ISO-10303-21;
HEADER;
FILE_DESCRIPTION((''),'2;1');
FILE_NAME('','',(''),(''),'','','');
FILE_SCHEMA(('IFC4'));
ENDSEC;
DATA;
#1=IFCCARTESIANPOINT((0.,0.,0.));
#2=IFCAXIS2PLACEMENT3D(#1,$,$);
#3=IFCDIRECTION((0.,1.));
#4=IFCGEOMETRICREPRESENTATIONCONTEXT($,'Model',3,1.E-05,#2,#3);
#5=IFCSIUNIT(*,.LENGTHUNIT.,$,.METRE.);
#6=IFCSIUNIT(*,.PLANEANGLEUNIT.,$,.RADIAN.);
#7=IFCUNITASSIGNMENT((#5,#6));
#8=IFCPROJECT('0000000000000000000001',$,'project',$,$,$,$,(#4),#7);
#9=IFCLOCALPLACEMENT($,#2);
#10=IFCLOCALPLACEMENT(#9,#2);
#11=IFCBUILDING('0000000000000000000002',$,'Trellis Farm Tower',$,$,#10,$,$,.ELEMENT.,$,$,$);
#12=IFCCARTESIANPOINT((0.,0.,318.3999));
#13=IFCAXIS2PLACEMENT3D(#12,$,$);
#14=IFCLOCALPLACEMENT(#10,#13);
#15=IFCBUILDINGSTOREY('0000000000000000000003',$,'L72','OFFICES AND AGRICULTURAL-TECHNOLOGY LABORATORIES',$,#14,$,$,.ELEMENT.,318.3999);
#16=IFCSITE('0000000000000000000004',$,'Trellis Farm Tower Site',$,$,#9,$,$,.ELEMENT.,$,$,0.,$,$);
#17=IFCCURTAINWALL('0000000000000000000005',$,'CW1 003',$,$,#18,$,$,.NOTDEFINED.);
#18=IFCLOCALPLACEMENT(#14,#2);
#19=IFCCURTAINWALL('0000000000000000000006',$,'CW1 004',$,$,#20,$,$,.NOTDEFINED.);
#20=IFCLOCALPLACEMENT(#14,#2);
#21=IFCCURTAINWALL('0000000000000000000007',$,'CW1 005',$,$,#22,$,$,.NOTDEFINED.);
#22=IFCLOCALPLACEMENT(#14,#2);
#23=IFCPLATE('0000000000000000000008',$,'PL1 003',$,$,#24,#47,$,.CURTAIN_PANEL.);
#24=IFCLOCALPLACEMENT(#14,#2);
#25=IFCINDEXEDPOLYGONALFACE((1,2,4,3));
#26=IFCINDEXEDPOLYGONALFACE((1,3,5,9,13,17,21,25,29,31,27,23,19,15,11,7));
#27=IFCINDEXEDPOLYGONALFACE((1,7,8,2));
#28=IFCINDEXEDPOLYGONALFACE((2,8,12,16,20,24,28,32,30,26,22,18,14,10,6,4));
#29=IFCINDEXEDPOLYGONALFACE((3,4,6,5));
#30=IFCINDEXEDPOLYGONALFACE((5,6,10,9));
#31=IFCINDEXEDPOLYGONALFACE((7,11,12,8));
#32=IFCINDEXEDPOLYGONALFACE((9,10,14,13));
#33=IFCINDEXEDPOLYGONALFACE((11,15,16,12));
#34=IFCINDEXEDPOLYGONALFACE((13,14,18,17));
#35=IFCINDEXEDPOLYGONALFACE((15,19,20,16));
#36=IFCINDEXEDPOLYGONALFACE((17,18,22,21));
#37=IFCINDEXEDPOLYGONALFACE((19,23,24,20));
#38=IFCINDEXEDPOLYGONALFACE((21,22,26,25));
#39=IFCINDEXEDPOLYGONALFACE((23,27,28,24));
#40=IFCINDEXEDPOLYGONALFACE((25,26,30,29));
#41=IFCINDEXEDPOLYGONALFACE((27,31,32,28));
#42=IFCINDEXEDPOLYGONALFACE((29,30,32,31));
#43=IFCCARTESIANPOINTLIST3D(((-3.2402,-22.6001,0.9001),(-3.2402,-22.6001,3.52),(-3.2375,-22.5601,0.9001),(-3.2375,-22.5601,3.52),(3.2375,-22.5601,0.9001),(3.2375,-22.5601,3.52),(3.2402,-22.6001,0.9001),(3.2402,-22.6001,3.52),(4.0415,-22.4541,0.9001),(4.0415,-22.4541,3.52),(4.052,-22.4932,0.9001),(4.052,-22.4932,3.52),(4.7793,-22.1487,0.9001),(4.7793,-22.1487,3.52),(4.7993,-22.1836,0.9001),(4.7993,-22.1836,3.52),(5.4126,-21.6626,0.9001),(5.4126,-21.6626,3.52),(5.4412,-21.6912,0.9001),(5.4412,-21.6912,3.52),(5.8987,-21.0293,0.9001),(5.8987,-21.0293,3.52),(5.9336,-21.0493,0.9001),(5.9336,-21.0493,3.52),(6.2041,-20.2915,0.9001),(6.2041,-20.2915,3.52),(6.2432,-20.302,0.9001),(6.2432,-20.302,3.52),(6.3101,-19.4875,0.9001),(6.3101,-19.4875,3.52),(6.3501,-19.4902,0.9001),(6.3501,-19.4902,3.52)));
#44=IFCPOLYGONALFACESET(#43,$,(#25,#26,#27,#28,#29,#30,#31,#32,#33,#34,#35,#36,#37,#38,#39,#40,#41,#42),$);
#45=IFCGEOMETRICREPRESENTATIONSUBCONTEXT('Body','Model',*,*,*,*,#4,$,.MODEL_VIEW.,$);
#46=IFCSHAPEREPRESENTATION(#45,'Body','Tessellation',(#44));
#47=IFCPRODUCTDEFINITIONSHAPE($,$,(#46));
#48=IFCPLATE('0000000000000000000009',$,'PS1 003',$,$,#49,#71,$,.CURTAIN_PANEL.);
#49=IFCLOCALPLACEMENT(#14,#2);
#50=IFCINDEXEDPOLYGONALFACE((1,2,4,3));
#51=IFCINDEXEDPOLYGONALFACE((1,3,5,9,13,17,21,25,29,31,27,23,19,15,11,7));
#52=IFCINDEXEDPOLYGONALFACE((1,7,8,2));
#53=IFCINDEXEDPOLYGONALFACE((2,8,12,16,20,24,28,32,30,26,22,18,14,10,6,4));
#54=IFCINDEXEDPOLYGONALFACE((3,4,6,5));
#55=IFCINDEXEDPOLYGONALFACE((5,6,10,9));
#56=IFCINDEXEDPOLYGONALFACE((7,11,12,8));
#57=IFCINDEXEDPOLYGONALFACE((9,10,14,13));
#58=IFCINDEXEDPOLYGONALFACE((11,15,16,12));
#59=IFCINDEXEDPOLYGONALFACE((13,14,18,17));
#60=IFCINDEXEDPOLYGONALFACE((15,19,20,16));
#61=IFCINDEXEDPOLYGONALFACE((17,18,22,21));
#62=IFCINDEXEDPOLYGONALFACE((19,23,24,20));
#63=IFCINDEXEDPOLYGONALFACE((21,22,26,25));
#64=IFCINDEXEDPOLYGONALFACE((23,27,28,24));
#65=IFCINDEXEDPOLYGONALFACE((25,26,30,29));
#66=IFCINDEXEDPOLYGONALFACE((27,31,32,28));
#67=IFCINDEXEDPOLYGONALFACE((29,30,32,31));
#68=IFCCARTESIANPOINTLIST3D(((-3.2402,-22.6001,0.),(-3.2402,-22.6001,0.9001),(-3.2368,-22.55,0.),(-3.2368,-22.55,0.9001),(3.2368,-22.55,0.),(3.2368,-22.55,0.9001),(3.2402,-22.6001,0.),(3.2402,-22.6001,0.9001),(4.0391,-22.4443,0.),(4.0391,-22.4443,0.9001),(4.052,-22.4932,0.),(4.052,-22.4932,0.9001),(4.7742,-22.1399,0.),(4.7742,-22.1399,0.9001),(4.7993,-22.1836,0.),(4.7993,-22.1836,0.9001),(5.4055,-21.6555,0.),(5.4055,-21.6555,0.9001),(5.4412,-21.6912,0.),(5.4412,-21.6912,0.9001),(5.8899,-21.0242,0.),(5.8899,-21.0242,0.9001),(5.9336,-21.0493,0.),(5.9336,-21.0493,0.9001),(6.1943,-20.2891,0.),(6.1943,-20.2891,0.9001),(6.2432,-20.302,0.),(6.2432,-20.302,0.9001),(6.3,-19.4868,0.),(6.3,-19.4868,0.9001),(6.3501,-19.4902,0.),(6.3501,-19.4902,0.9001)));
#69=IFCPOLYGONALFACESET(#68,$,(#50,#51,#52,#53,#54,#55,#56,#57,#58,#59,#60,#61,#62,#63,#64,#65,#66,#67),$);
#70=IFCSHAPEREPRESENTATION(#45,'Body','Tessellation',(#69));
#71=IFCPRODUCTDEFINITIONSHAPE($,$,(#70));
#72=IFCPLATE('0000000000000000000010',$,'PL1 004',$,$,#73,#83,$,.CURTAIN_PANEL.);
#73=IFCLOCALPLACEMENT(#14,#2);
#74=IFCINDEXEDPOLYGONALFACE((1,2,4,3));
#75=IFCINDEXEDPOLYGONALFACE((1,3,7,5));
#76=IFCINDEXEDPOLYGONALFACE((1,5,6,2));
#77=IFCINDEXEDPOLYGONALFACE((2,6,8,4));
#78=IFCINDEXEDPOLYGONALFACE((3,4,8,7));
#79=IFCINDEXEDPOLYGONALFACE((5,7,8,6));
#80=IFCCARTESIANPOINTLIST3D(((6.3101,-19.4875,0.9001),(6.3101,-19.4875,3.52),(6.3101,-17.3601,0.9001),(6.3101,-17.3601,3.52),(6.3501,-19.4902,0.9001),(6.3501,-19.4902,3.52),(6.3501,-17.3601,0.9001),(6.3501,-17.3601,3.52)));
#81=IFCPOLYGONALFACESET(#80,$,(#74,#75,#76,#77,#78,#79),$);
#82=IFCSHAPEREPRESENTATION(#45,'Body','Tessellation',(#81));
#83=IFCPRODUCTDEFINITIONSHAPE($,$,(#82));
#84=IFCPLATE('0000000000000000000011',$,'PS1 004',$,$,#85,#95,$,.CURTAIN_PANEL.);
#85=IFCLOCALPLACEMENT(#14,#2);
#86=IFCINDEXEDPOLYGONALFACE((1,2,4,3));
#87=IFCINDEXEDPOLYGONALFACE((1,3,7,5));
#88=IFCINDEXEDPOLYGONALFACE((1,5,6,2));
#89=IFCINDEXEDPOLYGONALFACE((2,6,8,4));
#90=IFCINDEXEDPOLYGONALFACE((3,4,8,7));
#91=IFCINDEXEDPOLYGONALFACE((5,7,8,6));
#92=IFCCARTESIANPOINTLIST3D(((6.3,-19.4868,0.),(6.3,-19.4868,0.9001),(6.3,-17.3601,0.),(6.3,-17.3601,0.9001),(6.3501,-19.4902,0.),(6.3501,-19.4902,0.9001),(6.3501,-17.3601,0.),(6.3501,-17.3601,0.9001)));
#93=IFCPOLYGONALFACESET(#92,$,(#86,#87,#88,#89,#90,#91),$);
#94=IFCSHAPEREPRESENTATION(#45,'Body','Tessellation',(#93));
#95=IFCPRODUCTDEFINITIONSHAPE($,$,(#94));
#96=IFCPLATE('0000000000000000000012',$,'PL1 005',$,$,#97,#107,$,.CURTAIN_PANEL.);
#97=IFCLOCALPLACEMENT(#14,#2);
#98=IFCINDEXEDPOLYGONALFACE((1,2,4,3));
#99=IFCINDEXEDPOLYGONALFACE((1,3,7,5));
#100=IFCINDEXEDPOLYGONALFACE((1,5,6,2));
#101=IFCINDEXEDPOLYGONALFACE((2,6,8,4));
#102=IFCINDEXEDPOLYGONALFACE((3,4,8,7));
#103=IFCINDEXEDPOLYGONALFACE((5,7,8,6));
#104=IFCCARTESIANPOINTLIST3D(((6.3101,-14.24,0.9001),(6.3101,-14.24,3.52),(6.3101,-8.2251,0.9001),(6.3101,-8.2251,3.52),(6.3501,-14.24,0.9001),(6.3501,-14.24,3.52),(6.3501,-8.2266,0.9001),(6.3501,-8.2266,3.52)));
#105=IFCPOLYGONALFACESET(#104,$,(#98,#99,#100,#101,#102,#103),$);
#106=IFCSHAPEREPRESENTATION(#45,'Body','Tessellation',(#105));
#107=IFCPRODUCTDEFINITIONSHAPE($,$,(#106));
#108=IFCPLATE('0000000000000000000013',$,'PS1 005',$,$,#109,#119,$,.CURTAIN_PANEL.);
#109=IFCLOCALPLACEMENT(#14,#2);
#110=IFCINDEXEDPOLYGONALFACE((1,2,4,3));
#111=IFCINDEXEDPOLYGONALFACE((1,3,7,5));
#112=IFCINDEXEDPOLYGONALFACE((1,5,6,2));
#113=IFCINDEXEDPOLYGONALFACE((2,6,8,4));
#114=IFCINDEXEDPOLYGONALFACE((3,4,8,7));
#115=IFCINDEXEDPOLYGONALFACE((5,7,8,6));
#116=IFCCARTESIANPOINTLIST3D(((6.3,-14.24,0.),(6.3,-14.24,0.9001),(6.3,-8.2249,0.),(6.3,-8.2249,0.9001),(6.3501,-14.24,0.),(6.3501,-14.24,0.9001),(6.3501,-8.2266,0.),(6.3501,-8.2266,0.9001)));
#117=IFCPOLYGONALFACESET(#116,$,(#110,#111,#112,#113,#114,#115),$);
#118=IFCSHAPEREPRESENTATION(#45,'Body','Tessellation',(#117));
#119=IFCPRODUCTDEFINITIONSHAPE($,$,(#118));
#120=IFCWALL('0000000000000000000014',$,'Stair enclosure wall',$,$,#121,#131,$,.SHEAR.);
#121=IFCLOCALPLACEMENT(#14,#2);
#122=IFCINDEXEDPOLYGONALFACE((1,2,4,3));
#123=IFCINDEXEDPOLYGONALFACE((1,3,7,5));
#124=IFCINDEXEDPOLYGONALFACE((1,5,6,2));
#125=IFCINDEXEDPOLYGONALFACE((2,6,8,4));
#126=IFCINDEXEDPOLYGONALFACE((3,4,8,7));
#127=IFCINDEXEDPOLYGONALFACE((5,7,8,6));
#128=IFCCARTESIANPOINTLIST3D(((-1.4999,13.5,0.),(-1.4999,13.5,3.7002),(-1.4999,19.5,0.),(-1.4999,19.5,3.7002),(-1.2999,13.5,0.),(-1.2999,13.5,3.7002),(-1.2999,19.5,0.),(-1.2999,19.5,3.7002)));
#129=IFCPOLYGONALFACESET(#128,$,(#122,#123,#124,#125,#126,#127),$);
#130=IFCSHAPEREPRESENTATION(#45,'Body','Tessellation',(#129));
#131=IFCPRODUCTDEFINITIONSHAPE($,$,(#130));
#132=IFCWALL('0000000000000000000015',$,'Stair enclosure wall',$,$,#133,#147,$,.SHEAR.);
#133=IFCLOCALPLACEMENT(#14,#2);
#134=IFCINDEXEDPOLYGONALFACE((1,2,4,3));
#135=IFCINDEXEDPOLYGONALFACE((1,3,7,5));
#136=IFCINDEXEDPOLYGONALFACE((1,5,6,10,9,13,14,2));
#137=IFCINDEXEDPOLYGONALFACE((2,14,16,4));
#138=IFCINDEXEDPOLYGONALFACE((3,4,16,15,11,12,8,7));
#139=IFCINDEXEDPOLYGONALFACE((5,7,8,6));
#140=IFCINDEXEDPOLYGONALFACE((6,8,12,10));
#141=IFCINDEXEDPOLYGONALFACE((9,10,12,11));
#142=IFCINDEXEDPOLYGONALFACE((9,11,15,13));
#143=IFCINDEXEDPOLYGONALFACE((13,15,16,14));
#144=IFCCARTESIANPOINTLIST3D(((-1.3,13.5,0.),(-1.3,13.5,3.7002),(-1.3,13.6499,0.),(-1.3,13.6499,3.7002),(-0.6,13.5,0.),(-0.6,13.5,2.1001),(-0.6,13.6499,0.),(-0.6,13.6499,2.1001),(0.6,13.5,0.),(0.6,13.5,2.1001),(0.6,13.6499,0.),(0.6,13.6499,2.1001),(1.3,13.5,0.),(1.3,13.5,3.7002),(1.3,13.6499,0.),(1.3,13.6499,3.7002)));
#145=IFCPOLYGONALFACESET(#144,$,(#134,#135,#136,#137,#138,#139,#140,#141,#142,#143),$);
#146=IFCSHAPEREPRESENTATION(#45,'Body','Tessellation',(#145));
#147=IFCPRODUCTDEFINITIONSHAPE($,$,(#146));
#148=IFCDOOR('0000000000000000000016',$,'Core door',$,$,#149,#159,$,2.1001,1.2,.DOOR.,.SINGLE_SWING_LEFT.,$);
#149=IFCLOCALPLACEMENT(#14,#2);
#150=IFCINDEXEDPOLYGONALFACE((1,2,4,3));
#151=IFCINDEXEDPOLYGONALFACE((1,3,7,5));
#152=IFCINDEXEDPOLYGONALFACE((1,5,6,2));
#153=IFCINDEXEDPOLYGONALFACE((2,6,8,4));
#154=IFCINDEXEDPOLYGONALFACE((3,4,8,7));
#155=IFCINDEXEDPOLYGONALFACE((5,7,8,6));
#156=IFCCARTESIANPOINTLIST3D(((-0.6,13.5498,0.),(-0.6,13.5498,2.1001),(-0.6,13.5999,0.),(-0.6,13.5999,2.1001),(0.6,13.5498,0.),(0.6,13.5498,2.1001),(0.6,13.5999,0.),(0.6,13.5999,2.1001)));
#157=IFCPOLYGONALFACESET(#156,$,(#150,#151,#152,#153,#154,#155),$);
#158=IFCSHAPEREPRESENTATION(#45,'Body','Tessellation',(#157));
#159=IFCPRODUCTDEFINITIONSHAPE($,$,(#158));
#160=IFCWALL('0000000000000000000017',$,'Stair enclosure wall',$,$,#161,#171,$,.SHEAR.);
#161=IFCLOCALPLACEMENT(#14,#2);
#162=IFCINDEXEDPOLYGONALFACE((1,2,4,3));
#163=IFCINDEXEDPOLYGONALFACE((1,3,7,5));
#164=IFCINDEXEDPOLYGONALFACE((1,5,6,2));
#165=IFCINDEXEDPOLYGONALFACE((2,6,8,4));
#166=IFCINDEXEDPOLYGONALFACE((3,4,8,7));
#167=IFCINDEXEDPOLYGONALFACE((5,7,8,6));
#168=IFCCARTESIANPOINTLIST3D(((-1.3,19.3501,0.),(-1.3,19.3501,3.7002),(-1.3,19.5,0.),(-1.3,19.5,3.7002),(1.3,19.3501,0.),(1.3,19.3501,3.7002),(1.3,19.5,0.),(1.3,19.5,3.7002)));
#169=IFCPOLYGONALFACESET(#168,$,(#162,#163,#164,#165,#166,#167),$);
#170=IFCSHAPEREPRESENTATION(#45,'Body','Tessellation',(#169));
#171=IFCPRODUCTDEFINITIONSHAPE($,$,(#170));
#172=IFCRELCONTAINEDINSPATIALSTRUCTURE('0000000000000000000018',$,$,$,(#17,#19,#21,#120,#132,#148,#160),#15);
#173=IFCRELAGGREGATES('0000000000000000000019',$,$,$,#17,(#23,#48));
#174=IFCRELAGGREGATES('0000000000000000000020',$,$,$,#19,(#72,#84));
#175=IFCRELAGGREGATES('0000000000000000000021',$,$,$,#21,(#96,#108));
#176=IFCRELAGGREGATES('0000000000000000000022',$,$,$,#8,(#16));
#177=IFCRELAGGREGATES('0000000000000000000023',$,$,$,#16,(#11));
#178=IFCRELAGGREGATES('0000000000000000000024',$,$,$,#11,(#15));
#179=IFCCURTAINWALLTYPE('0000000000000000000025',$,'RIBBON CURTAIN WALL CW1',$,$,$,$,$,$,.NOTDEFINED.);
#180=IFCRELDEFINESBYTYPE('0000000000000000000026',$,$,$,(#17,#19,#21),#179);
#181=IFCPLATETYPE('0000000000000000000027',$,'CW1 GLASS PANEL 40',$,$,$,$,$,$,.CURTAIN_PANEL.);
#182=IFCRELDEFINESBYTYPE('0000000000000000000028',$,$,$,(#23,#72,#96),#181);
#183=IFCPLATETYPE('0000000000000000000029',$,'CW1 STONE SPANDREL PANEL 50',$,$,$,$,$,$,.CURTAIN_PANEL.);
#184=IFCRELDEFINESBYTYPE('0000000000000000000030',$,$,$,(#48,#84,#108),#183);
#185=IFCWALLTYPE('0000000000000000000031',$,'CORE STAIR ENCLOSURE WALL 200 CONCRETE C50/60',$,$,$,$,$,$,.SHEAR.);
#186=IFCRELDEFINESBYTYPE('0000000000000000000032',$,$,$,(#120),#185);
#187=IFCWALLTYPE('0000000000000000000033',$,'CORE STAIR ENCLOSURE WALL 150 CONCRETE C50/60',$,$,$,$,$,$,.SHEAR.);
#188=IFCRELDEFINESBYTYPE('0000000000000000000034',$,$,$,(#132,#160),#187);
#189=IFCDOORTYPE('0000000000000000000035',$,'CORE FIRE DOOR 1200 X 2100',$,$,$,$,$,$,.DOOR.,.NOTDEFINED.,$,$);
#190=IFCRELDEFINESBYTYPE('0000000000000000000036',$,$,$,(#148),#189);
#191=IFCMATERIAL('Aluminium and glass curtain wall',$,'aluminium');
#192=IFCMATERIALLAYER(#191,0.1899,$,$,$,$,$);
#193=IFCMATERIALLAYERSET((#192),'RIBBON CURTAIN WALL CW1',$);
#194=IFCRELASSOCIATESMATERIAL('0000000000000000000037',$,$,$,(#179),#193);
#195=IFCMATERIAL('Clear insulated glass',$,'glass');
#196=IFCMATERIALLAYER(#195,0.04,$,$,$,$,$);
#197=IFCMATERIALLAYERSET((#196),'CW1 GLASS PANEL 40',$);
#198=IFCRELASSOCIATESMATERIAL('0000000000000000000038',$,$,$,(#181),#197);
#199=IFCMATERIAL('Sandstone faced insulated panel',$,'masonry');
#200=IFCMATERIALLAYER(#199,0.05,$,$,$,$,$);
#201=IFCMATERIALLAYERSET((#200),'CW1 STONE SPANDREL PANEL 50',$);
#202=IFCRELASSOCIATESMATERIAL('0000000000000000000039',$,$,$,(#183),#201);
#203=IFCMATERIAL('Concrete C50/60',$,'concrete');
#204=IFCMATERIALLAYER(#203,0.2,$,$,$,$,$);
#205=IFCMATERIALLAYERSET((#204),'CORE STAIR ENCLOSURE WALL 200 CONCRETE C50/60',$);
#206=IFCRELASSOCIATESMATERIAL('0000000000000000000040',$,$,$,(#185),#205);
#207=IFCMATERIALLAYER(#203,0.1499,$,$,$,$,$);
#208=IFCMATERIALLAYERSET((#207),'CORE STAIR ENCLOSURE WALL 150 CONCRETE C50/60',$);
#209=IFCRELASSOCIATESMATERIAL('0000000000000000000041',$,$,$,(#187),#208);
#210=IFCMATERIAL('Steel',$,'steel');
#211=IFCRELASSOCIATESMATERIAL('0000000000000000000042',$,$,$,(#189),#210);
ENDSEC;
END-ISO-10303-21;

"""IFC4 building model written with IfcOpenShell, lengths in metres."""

from ifc_helpers import new_model, si_unit, direction, frame, frame_2d, origin, place, context, subcontext, project, spatial, polyline, rectangle, outline, extrude, source, transform, mapped, material, layer, layer_set, type_object, element, fill, aggregate, save


model = new_model("IFC4")

# Units and contexts
model_context = context("Model", 3, precision=1e-05, world=origin(), true_north=direction((0.0, 1.0)))
body_context = subcontext(model_context, "Body", "Model", "MODEL_VIEW")
ifc_project = project(units=[si_unit("LENGTHUNIT", "METRE"), si_unit("PLANEANGLEUNIT", "RADIAN")], contexts=[model_context])

# Site, building, storey
site_placement = place(None, origin())
site = spatial("IfcSite", under=ifc_project, at=site_placement, Name="Trellis Farm Tower Site", CompositionType="ELEMENT", RefElevation=0.0)
building_placement = place(site_placement, origin())
building = spatial("IfcBuilding", under=site, at=building_placement, Name="Trellis Farm Tower", CompositionType="ELEMENT")
storey_placement = place(building_placement, frame((0.0, 0.0, 318.3999)))
storey = spatial("IfcBuildingStorey", under=building, at=storey_placement, Name="L72", Description="OFFICES AND AGRICULTURAL-TECHNOLOGY LABORATORIES", CompositionType="ELEMENT", Elevation=318.3999)

# Curtain walls
ifc_material_1 = material(Name="Aluminium and glass curtain wall", Category="aluminium")
placement_1 = place(storey_placement, origin())
ifc_layer_1 = layer(ifc_material_1, 0.1899)
ifc_layer_set_1 = layer_set([ifc_layer_1], Name="RIBBON CURTAIN WALL CW1")
curtain_wall_type_1 = type_object("IfcCurtainWallType", Name="RIBBON CURTAIN WALL CW1", PredefinedType="NOTDEFINED", material=ifc_layer_set_1)
curtain_wall_1 = element("IfcCurtainWall", 1, at=placement_1, inside=storey, type_object=curtain_wall_type_1, Name="CW1 003", PredefinedType="NOTDEFINED")
curtain_wall_2 = element("IfcCurtainWall", 2, at=placement_1, inside=storey, type_object=curtain_wall_type_1, Name="CW1 004", PredefinedType="NOTDEFINED")
curtain_wall_3 = element("IfcCurtainWall", 3, at=placement_1, inside=storey, type_object=curtain_wall_type_1, Name="CW1 005", PredefinedType="NOTDEFINED")

# Plates
ifc_material_2 = material(Name="Clear insulated glass", Category="glass")
ifc_layer_2 = layer(ifc_material_2, 0.04)
ifc_layer_set_2 = layer_set([ifc_layer_2], Name="CW1 GLASS PANEL 40")
plate_type_1 = type_object("IfcPlateType", Name="CW1 GLASS PANEL 40", PredefinedType="CURTAIN_PANEL", material=ifc_layer_set_2)
placement_2 = place(storey_placement, frame((0.0, 0.0, 0.9001)))
ifc_material_3 = material(Name="Sandstone faced insulated panel", Category="masonry")
ifc_layer_3 = layer(ifc_material_3, 0.05)
ifc_layer_set_3 = layer_set([ifc_layer_3], Name="CW1 STONE SPANDREL PANEL 50")
plate_type_2 = type_object("IfcPlateType", Name="CW1 STONE SPANDREL PANEL 50", PredefinedType="CURTAIN_PANEL", material=ifc_layer_set_3)
shared_shape_1 = source(origin(), body_context, "Body", "SweptSolid", [
    extrude(outline(polyline([(-3.2402, -22.6001), (3.2402, -22.6001), (4.052, -22.4932), (4.7993, -22.1836), (5.4412, -21.6912), (5.9336, -21.0493), (6.2432, -20.302), (6.3501, -19.4902), (6.3101, -19.4875), (6.2041, -20.2915), (5.8987, -21.0293), (5.4126, -21.6626), (4.7793, -22.1487), (4.0415, -22.4541), (3.2375, -22.5601), (-3.2375, -22.5601), (-3.2402, -22.6001)])), origin(), (0.0, 0.0, 1.0), 2.6199),
])
plate_1 = element("IfcPlate", 4, at=placement_2, type_object=plate_type_1, Name="PL1 003", PredefinedType="CURTAIN_PANEL", context=body_context, shape_type="MappedRepresentation", body=[
    mapped(shared_shape_1, transform((0.0, 0.0, 0.0))),
])
shared_shape_2 = source(origin(), body_context, "Body", "SweptSolid", [
    extrude(outline(polyline([(-3.2402, -22.6001), (3.2402, -22.6001), (4.052, -22.4932), (4.7993, -22.1836), (5.4412, -21.6912), (5.9336, -21.0493), (6.2432, -20.302), (6.3501, -19.4902), (6.3, -19.4868), (6.1943, -20.2891), (5.8899, -21.0242), (5.4055, -21.6555), (4.7742, -22.1399), (4.0391, -22.4443), (3.2368, -22.55), (-3.2368, -22.55), (-3.2402, -22.6001)])), origin(), (0.0, 0.0, 1.0), 0.9001),
])
plate_2 = element("IfcPlate", 5, at=placement_1, type_object=plate_type_2, Name="PS1 003", PredefinedType="CURTAIN_PANEL", context=body_context, shape_type="MappedRepresentation", body=[
    mapped(shared_shape_2, transform((0.0, 0.0, 0.0))),
])
aggregate(curtain_wall_1, [plate_1, plate_2])
shared_shape_3 = source(origin(), body_context, "Body", "SweptSolid", [
    extrude(outline(polyline([(6.3501, -19.4902), (6.3501, -17.3601), (6.3101, -17.3601), (6.3101, -19.4875), (6.3501, -19.4902)])), origin(), (0.0, 0.0, 1.0), 2.6199),
])
plate_3 = element("IfcPlate", 6, at=placement_2, type_object=plate_type_1, Name="PL1 004", PredefinedType="CURTAIN_PANEL", context=body_context, shape_type="MappedRepresentation", body=[
    mapped(shared_shape_3, transform((0.0, 0.0, 0.0))),
])
shared_shape_4 = source(origin(), body_context, "Body", "SweptSolid", [
    extrude(outline(polyline([(6.3501, -19.4902), (6.3501, -17.3601), (6.3, -17.3601), (6.3, -19.4868), (6.3501, -19.4902)])), origin(), (0.0, 0.0, 1.0), 0.9001),
])
plate_4 = element("IfcPlate", 7, at=placement_1, type_object=plate_type_2, Name="PS1 004", PredefinedType="CURTAIN_PANEL", context=body_context, shape_type="MappedRepresentation", body=[
    mapped(shared_shape_4, transform((0.0, 0.0, 0.0))),
])
aggregate(curtain_wall_2, [plate_3, plate_4])
shared_shape_5 = source(origin(), body_context, "Body", "SweptSolid", [
    extrude(outline(polyline([(6.3501, -14.24), (6.3501, -8.2266), (6.3101, -8.2251), (6.3101, -14.24), (6.3501, -14.24)])), origin(), (0.0, 0.0, 1.0), 2.6199),
])
plate_5 = element("IfcPlate", 8, at=placement_2, type_object=plate_type_1, Name="PL1 005", PredefinedType="CURTAIN_PANEL", context=body_context, shape_type="MappedRepresentation", body=[
    mapped(shared_shape_5, transform((0.0, 0.0, 0.0))),
])
shared_shape_6 = source(origin(), body_context, "Body", "SweptSolid", [
    extrude(outline(polyline([(6.3501, -14.24), (6.3501, -8.2266), (6.3, -8.2249), (6.3, -14.24), (6.3501, -14.24)])), origin(), (0.0, 0.0, 1.0), 0.9001),
])
plate_6 = element("IfcPlate", 9, at=placement_1, type_object=plate_type_2, Name="PS1 005", PredefinedType="CURTAIN_PANEL", context=body_context, shape_type="MappedRepresentation", body=[
    mapped(shared_shape_6, transform((0.0, 0.0, 0.0))),
])
aggregate(curtain_wall_3, [plate_5, plate_6])

# Wall
ifc_material_4 = material(Name="Concrete C50/60", Category="concrete")
ifc_layer_4 = layer(ifc_material_4, 0.2)
ifc_layer_set_4 = layer_set([ifc_layer_4], Name="CORE STAIR ENCLOSURE WALL 200 CONCRETE C50/60")
wall_type_1 = type_object("IfcWallType", Name="CORE STAIR ENCLOSURE WALL 200 CONCRETE C50/60", PredefinedType="SHEAR", material=ifc_layer_set_4)
shared_shape_7 = source(origin(), body_context, "Body", "SweptSolid", [
    extrude(rectangle(XDim=6.0, YDim=0.2, at=frame_2d((3.0, 0.0))), origin(), (0.0, 0.0, 1.0), 3.7002),
])
wall_1_placement = place(storey_placement, frame((-1.3999, 13.5, 0.0), z_axis=(0.0, 0.0, 1.0), x_axis=(0.0, 1.0, 0.0)))
element("IfcWall", 10, at=wall_1_placement, inside=storey, type_object=wall_type_1, Name="Stair enclosure wall", PredefinedType="SHEAR", context=body_context, shape_type="MappedRepresentation", body=[
    mapped(shared_shape_7, transform((0.0, 0.0, 0.0))),
])

# Wall, opening, door
ifc_layer_5 = layer(ifc_material_4, 0.1499)
ifc_layer_set_5 = layer_set([ifc_layer_5], Name="CORE STAIR ENCLOSURE WALL 150 CONCRETE C50/60")
wall_type_2 = type_object("IfcWallType", Name="CORE STAIR ENCLOSURE WALL 150 CONCRETE C50/60", PredefinedType="SHEAR", material=ifc_layer_set_5)
shared_shape_8 = source(origin(), body_context, "Body", "SweptSolid", [
    extrude(rectangle(XDim=2.6001, YDim=0.1499, at=frame_2d((1.3, 0.0))), origin(), (0.0, 0.0, 1.0), 3.7002),
])
wall_2_placement = place(storey_placement, frame((-1.3, 13.575, 0.0), z_axis=(0.0, 0.0, 1.0), x_axis=(1.0, 0.0, 0.0)))
wall_2 = element("IfcWall", 11, at=wall_2_placement, inside=storey, type_object=wall_type_2, Name="Stair enclosure wall", PredefinedType="SHEAR", context=body_context, shape_type="MappedRepresentation", body=[
    mapped(shared_shape_8, transform((0.0, 0.0, 0.0))),
])
shared_shape_9 = source(origin(), body_context, "Body", "SweptSolid", [
    extrude(rectangle(XDim=1.2, YDim=2.1001, at=frame_2d((0.6001, 1.05))), frame((0.0, 0.085, 0.0), z_axis=(0.0, -1.0, 0.0), x_axis=(1.0, 0.0, 0.0)), (0.0, 0.0, 1.0), 0.1699),
])
opening_1_placement = place(wall_2_placement, frame((0.7, 0.0, 0.0)))
opening_1 = element("IfcOpeningElement", 12, at=opening_1_placement, cuts=wall_2, PredefinedType="OPENING", context=body_context, shape_type="MappedRepresentation", body=[
    mapped(shared_shape_9, transform((0.0, 0.0, 0.0))),
])
ifc_material_5 = material(Name="Steel", Category="steel")
door_type_1 = type_object("IfcDoorType", Name="CORE FIRE DOOR 1200 X 2100", OperationType="NOTDEFINED", PredefinedType="DOOR", material=ifc_material_5)
shared_shape_10 = source(origin(), body_context, "Body", "SweptSolid", [
    extrude(rectangle(XDim=1.2, YDim=2.1001, at=frame_2d((0.6001, 1.05))), frame((0.0, 0.0249, 0.0), z_axis=(0.0, -1.0, 0.0), x_axis=(1.0, 0.0, 0.0)), (0.0, 0.0, 1.0), 0.05),
])
door_1_placement = place(opening_1_placement, origin())
door_1 = element("IfcDoor", 13, at=door_1_placement, inside=storey, type_object=door_type_1, Name="Core door", OperationType="SINGLE_SWING_LEFT", OverallHeight=2.1001, OverallWidth=1.2, PredefinedType="DOOR", context=body_context, shape_type="MappedRepresentation", body=[
    mapped(shared_shape_10, transform((0.0, 0.0, 0.0))),
])
fill(opening_1, door_1)

# Wall
wall_3_placement = place(storey_placement, frame((-1.3, 19.425, 0.0), z_axis=(0.0, 0.0, 1.0), x_axis=(1.0, 0.0, 0.0)))
element("IfcWall", 14, at=wall_3_placement, inside=storey, type_object=wall_type_2, Name="Stair enclosure wall", PredefinedType="SHEAR", context=body_context, shape_type="MappedRepresentation", body=[
    mapped(shared_shape_8, transform((0.0, 0.0, 0.0))),
])

save(model, "model.ifc")
